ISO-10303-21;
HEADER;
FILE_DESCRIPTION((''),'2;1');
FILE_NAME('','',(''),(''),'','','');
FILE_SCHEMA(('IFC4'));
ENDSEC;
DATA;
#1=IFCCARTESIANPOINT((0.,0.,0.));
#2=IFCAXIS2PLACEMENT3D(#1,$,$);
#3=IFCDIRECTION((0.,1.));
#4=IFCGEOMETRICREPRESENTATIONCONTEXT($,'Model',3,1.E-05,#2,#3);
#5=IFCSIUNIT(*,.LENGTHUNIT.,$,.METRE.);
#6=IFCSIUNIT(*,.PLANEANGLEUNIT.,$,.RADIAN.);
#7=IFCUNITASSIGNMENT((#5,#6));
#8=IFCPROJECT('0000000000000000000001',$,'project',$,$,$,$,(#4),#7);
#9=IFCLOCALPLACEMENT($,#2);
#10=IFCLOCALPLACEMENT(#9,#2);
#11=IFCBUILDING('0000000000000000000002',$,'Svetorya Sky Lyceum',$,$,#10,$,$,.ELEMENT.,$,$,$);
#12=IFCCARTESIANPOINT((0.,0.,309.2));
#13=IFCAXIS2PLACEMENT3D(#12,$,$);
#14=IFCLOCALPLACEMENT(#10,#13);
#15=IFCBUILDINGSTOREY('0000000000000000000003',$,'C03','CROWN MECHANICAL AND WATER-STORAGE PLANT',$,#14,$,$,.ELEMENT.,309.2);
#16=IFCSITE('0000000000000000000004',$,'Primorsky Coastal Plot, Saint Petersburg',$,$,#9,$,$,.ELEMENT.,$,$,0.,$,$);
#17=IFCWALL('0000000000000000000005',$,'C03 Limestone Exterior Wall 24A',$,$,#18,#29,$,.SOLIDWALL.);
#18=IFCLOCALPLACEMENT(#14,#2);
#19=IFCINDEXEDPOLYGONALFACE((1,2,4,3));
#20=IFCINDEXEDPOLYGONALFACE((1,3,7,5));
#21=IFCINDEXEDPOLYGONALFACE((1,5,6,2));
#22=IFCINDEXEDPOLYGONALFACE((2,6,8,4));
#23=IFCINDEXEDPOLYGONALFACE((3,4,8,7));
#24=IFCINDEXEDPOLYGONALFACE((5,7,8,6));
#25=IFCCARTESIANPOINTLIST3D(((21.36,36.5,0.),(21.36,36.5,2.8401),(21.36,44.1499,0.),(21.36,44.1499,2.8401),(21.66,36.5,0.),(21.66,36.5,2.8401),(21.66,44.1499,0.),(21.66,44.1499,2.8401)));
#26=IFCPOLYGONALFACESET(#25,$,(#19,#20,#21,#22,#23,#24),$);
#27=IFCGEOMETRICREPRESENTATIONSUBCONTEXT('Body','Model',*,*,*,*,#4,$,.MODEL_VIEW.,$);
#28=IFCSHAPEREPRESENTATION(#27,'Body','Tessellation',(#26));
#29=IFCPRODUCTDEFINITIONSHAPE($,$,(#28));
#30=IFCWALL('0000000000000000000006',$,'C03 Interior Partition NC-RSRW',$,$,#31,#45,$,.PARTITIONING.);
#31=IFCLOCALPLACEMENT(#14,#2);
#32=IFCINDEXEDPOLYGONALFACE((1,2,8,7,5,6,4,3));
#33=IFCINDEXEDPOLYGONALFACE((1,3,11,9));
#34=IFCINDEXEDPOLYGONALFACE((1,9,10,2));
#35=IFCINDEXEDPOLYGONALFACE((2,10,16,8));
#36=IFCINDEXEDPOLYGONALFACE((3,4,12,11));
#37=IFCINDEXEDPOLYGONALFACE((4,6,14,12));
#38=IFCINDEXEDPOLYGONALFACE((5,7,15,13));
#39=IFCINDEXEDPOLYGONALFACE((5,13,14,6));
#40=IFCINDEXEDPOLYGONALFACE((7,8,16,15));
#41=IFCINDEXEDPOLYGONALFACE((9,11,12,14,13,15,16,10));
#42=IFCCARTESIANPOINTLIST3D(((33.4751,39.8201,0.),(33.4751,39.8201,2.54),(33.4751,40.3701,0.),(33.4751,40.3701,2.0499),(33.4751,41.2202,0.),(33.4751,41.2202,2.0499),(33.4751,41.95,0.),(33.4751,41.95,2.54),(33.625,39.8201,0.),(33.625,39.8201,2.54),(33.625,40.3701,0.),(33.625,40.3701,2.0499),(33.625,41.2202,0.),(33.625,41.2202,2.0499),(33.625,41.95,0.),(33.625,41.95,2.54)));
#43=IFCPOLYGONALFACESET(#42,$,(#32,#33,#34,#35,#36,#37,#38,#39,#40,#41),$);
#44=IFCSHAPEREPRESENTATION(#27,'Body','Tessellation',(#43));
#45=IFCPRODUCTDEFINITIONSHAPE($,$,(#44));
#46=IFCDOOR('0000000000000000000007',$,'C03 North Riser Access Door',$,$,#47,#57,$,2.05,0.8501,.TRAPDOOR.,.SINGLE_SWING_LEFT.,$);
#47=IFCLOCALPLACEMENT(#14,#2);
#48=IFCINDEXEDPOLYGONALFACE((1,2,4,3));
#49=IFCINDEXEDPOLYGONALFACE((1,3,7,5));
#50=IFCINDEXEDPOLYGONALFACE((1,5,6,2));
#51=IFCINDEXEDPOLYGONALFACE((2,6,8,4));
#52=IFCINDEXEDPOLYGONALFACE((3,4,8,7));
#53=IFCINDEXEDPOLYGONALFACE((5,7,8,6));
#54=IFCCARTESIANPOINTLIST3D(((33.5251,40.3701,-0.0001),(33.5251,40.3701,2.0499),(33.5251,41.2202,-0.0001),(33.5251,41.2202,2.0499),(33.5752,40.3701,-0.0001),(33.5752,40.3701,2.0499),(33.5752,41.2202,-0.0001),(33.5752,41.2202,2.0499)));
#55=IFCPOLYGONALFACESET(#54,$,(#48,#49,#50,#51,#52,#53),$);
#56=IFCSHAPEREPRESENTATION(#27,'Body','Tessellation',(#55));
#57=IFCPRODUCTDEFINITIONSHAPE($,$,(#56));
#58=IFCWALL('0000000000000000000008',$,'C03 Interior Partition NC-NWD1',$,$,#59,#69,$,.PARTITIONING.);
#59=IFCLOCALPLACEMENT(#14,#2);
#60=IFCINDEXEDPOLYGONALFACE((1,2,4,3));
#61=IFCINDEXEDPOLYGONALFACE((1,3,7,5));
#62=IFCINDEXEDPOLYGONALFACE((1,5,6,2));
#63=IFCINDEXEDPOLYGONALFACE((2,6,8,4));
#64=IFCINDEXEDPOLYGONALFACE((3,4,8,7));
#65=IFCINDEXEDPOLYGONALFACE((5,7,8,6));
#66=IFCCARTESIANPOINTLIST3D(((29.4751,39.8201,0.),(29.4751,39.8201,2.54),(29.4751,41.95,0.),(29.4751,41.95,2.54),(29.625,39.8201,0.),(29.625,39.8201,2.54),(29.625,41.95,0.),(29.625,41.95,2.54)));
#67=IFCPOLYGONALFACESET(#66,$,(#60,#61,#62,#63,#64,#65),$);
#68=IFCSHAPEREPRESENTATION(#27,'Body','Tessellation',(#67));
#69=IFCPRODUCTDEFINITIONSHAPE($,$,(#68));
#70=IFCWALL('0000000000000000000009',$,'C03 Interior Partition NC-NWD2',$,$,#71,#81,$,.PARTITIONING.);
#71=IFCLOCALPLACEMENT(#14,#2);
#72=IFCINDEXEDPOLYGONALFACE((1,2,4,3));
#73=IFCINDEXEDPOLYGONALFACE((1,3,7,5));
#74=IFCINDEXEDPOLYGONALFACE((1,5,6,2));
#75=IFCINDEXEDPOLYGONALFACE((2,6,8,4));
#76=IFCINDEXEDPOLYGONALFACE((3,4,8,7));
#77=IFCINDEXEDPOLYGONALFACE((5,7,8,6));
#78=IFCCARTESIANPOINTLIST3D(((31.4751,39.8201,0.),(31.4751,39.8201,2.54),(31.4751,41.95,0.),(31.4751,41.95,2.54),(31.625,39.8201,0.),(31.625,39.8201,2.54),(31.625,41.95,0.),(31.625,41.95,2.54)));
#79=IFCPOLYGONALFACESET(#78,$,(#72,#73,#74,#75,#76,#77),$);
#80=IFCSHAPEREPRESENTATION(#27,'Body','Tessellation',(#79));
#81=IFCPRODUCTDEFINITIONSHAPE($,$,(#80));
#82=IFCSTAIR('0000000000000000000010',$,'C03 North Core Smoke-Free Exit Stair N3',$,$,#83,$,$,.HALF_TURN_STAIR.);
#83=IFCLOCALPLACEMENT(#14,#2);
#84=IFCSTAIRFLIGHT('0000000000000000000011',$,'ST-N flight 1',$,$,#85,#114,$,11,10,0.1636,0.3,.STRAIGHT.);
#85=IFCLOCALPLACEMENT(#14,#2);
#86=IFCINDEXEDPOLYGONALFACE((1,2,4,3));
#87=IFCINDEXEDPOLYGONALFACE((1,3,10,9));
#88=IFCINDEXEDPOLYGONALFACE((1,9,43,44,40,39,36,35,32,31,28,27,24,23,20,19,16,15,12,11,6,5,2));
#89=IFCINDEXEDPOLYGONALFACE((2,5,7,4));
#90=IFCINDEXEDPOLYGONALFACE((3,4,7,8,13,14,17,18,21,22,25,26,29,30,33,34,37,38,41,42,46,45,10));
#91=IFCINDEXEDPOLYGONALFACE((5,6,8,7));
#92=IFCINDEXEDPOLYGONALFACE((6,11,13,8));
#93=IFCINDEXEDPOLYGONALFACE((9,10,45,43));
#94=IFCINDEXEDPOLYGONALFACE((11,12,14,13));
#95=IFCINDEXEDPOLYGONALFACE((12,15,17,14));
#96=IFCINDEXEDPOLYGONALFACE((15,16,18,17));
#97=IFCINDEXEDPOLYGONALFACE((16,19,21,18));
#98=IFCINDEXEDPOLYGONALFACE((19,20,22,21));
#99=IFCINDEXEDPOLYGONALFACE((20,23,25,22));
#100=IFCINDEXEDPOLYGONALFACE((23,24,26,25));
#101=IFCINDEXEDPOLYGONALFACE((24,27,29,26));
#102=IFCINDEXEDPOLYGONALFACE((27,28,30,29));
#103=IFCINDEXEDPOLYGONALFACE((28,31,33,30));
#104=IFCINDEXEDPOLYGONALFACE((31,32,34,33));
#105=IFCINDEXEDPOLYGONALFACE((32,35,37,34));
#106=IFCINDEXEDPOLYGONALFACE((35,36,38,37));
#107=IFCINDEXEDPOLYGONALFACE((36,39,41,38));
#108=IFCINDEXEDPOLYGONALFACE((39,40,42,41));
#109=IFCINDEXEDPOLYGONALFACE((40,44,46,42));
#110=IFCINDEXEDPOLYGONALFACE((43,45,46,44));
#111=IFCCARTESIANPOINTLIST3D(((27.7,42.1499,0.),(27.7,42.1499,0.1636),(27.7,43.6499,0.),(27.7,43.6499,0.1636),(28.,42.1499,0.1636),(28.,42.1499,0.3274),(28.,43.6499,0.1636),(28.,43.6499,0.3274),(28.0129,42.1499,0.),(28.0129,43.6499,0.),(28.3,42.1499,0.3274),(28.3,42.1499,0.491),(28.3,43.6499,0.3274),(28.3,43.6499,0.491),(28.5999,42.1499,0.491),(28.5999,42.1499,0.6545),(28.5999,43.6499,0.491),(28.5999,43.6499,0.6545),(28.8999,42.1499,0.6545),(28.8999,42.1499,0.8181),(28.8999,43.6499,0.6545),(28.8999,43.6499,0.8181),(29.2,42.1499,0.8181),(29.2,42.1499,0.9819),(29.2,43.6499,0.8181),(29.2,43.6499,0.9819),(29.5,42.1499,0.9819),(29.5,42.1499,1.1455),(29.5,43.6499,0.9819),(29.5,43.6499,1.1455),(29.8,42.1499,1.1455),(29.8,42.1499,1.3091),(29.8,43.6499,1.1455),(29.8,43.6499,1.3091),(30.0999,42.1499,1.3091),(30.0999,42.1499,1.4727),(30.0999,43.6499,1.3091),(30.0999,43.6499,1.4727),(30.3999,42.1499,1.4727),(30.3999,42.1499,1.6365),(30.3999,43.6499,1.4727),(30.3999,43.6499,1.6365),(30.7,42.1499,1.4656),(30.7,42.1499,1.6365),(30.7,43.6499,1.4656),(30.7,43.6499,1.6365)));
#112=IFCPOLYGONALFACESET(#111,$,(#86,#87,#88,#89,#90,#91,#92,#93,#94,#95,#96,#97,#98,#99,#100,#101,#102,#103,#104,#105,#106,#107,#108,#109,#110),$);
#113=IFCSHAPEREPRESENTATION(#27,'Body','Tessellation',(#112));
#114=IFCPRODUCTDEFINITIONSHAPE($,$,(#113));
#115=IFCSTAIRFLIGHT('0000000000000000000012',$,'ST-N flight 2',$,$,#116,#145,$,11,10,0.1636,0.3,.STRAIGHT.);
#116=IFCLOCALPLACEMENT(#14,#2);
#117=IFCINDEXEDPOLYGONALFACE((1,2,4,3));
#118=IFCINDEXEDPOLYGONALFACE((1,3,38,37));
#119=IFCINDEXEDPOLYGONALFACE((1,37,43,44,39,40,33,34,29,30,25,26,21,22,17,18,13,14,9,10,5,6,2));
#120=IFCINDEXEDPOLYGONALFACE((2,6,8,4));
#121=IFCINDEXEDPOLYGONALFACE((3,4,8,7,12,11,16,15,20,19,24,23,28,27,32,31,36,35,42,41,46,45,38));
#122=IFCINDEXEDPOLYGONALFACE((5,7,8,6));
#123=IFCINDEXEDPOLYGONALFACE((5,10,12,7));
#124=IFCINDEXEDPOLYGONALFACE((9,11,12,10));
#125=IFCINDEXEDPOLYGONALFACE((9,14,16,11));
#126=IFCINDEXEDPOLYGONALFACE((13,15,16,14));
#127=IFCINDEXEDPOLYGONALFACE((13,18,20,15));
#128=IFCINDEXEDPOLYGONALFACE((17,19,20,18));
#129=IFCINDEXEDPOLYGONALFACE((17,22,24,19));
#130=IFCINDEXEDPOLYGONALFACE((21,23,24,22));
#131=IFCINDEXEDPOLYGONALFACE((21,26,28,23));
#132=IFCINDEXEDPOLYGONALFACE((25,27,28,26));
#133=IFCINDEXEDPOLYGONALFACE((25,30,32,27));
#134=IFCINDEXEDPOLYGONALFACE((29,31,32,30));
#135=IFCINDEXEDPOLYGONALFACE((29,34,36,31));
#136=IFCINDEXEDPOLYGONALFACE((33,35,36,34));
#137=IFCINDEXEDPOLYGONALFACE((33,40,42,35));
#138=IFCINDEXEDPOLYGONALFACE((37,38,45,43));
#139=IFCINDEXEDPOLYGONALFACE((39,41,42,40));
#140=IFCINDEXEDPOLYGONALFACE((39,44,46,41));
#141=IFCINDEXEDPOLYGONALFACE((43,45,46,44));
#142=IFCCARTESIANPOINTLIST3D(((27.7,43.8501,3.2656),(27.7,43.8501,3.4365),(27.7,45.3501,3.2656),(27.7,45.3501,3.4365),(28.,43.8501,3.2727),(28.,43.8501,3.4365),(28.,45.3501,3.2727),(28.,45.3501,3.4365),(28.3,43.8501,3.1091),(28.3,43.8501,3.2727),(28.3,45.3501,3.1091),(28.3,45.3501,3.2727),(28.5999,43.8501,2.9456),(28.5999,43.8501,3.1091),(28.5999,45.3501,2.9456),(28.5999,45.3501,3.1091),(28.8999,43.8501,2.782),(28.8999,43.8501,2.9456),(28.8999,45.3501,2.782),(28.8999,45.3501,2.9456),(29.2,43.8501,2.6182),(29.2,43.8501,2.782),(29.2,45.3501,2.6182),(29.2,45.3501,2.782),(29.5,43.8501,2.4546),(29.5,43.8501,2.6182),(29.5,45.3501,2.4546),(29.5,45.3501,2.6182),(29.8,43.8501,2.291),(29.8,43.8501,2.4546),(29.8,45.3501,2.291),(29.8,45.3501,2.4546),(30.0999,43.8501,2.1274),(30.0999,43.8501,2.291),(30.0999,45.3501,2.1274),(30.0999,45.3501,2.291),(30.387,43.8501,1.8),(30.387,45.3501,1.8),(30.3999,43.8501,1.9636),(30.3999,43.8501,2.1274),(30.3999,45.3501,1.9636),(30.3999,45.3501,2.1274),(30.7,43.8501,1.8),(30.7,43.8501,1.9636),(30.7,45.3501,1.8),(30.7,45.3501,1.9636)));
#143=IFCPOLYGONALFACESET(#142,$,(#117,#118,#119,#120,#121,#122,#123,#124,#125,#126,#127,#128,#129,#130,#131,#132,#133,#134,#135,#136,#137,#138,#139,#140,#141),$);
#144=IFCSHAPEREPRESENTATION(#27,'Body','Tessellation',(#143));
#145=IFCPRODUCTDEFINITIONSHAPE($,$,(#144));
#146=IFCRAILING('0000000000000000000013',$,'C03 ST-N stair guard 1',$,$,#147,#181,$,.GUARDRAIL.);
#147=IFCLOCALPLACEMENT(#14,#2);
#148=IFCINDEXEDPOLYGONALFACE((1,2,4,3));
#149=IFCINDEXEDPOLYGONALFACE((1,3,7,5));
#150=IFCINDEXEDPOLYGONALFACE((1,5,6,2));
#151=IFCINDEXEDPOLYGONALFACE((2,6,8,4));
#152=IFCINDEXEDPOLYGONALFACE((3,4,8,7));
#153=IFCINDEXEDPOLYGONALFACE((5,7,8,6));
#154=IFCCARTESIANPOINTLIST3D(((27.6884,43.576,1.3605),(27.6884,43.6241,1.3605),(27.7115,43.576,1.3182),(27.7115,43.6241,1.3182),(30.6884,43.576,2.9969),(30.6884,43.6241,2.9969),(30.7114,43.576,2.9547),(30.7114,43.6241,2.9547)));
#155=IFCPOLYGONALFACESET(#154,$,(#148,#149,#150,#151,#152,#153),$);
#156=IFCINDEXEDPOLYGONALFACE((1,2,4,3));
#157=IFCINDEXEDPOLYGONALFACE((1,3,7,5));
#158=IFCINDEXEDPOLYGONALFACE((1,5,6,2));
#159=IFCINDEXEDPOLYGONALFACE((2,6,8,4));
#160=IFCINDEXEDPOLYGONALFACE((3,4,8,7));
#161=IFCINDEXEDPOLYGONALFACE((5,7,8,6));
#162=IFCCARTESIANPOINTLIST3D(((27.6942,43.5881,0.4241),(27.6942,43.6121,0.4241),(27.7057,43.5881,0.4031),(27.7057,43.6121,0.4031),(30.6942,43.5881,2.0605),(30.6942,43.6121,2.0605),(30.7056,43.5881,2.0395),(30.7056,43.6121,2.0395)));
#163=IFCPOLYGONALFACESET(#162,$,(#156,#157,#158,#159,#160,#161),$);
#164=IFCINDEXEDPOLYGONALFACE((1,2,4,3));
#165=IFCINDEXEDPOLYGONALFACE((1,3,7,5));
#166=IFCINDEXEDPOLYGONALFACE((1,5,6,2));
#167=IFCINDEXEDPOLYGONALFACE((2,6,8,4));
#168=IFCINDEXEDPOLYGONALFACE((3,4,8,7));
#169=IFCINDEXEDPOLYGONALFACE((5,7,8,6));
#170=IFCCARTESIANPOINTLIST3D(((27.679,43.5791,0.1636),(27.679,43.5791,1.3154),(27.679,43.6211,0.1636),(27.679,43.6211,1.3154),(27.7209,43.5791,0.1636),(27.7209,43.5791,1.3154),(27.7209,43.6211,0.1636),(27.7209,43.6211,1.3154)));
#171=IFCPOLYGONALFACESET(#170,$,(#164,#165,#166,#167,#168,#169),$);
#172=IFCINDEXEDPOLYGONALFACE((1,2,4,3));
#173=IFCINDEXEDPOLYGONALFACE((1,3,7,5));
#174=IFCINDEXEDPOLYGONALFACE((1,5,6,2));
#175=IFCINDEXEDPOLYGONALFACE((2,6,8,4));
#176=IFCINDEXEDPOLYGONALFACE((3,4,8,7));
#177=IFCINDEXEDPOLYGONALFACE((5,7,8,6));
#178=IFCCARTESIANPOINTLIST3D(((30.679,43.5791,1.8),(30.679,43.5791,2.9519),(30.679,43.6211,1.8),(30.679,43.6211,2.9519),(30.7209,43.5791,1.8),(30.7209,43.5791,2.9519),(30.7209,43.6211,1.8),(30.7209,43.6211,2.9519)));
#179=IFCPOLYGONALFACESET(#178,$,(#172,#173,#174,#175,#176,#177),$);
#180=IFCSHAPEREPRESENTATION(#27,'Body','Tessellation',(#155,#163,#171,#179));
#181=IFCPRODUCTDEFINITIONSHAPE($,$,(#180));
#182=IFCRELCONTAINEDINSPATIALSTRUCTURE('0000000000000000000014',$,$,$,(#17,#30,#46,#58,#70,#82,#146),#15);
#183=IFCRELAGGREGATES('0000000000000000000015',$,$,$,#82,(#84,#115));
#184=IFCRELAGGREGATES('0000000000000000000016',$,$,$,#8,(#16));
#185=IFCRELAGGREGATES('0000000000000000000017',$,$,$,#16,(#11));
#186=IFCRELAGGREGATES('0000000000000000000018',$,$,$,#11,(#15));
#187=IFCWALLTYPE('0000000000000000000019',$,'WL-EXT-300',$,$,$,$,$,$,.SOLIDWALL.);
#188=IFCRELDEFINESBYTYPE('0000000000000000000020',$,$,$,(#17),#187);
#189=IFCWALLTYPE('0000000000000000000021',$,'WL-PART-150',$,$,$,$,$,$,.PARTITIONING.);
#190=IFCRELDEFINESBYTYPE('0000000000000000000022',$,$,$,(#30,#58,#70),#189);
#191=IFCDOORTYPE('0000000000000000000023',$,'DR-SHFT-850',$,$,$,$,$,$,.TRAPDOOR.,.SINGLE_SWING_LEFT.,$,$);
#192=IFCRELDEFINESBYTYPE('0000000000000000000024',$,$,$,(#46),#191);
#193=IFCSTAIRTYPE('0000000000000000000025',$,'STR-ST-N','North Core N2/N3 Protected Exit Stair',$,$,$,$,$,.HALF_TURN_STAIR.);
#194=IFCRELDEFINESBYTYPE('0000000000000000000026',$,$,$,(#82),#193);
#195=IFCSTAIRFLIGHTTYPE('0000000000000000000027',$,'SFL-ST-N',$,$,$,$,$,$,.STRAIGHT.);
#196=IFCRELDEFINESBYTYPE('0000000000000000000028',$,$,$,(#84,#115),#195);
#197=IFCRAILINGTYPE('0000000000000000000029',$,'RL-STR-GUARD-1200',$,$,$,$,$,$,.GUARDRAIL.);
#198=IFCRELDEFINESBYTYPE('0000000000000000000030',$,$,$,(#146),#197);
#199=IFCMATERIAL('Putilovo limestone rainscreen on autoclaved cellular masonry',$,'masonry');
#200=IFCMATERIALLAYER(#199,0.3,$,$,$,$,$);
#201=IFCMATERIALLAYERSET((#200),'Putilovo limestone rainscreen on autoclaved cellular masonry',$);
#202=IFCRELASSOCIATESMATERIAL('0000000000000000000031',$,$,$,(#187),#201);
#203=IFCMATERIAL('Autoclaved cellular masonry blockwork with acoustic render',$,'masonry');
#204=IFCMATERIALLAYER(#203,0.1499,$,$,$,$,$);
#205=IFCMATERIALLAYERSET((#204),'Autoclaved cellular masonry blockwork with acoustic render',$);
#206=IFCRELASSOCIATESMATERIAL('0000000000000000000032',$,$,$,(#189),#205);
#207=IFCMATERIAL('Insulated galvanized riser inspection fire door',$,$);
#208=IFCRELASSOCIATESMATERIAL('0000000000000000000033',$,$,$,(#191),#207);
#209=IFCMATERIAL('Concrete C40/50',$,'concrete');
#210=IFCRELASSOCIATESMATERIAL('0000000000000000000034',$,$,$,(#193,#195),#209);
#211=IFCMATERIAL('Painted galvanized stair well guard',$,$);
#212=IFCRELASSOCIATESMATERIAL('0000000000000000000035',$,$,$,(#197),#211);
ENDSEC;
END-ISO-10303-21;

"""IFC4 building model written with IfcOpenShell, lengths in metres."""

from ifc_helpers import new_model, si_unit, direction, frame, frame_2d, origin, origin_2d, place, context, subcontext, project, spatial, polyline, rectangle, outline, extrude, material, layer, layer_set, type_object, element, fill, aggregate, save


model = new_model("IFC4")

# Units and contexts
model_context = context("Model", 3, precision=1e-05, world=origin(), true_north=direction((0.0, 1.0)))
body_context = subcontext(model_context, "Body", "Model", "MODEL_VIEW")
ifc_project = project(units=[si_unit("LENGTHUNIT", "METRE"), si_unit("PLANEANGLEUNIT", "RADIAN")], contexts=[model_context])

# Site, building, storey
site_placement = place(None, origin())
site = spatial("IfcSite", under=ifc_project, at=site_placement, Name="Primorsky Coastal Plot, Saint Petersburg", CompositionType="ELEMENT", RefElevation=0.0)
building_placement = place(site_placement, origin())
building = spatial("IfcBuilding", under=site, at=building_placement, Name="Svetorya Sky Lyceum", CompositionType="ELEMENT")
storey_placement = place(building_placement, frame((0.0, 0.0, 309.2)))
storey = spatial("IfcBuildingStorey", under=building, at=storey_placement, Name="C03", Description="CROWN MECHANICAL AND WATER-STORAGE PLANT", CompositionType="ELEMENT", Elevation=309.2)

# Shared definitions
ifc_material_1 = material(Name="Concrete C40/50", Category="concrete")

# Wall
ifc_material_2 = material(Name="Putilovo limestone rainscreen on autoclaved cellular masonry", Category="masonry")
ifc_layer_1 = layer(ifc_material_2, 0.3)
ifc_layer_set_1 = layer_set([ifc_layer_1], Name="Putilovo limestone rainscreen on autoclaved cellular masonry")
wall_type_1 = type_object("IfcWallType", Name="WL-EXT-300", PredefinedType="SOLIDWALL", material=ifc_layer_set_1)
wall_1_placement = place(storey_placement, frame((21.51, 44.1499, 0.0), z_axis=(0.0, 0.0, 1.0), x_axis=(0.0, -1.0, 0.0)))
element("IfcWall", 1, at=wall_1_placement, inside=storey, type_object=wall_type_1, Name="C03 Limestone Exterior Wall 24A", PredefinedType="SOLIDWALL", context=body_context, shape_type="SweptSolid", body=[
    extrude(rectangle(XDim=7.6499, YDim=0.3, at=frame_2d((3.825, 0.0))), origin(), (0.0, 0.0, 1.0), 2.8401),
])

# Wall, opening, door
ifc_material_3 = material(Name="Autoclaved cellular masonry blockwork with acoustic render", Category="masonry")
ifc_layer_2 = layer(ifc_material_3, 0.1499)
ifc_layer_set_2 = layer_set([ifc_layer_2], Name="Autoclaved cellular masonry blockwork with acoustic render")
wall_type_2 = type_object("IfcWallType", Name="WL-PART-150", PredefinedType="PARTITIONING", material=ifc_layer_set_2)
wall_2_placement = place(storey_placement, frame((33.55, 39.8201, 0.0), z_axis=(0.0, 0.0, 1.0), x_axis=(0.0, 1.0, 0.0)))
wall_2 = element("IfcWall", 2, at=wall_2_placement, inside=storey, type_object=wall_type_2, Name="C03 Interior Partition NC-RSRW", PredefinedType="PARTITIONING", context=body_context, shape_type="SweptSolid", body=[
    extrude(rectangle(XDim=2.1299, YDim=0.1499, at=frame_2d((1.0649, 0.0))), origin(), (0.0, 0.0, 1.0), 2.54),
])
opening_placement = place(wall_2_placement, frame((0.55, 0.0, 0.0)))
opening = element("IfcOpeningElement", 3, at=opening_placement, cuts=wall_2, PredefinedType="OPENING", context=body_context, shape_type="SweptSolid", body=[
    extrude(rectangle(XDim=0.8501, YDim=2.05, at=frame_2d((0.425, 1.0249))), frame((0.0, 0.085, 0.0), z_axis=(0.0, -1.0, 0.0), x_axis=(1.0, 0.0, 0.0)), (0.0, 0.0, 1.0), 0.1699),
])
ifc_material_4 = material(Name="Insulated galvanized riser inspection fire door")
door_type = type_object("IfcDoorType", Name="DR-SHFT-850", OperationType="SINGLE_SWING_LEFT", PredefinedType="TRAPDOOR", material=ifc_material_4)
door_placement = place(opening_placement, origin())
door = element("IfcDoor", 4, at=door_placement, inside=storey, type_object=door_type, Name="C03 North Riser Access Door", OperationType="SINGLE_SWING_LEFT", OverallHeight=2.05, OverallWidth=0.8501, PredefinedType="TRAPDOOR", context=body_context, shape_type="SweptSolid", body=[
    extrude(rectangle(XDim=0.8501, YDim=2.05, at=frame_2d((0.425, 1.0249))), frame((0.0, 0.0249, 0.0), z_axis=(0.0, -1.0, 0.0), x_axis=(1.0, 0.0, 0.0)), (0.0, 0.0, 1.0), 0.05),
])
fill(opening, door)

# Walls
for number, where, z_axis, x_axis, name in (
    (5, (29.55, 39.8201, 0.0), (0.0, 0.0, 1.0), (0.0, 1.0, 0.0), "C03 Interior Partition NC-NWD1"),
    (6, (31.55, 39.8201, 0.0), (0.0, 0.0, 1.0), (0.0, 1.0, 0.0), "C03 Interior Partition NC-NWD2"),
):
    element("IfcWall", number, at=place(storey_placement, frame(where, z_axis=z_axis, x_axis=x_axis)), inside=storey, type_object=wall_type_2, Name=name, PredefinedType="PARTITIONING", context=body_context, shape_type="SweptSolid", body=[
        extrude(rectangle(XDim=2.1299, YDim=0.1499, at=frame_2d((1.0649, 0.0))), origin(), (0.0, 0.0, 1.0), 2.54),
    ])

# Stair, stair flights
stair_type = type_object("IfcStairType", Name="STR-ST-N", Description="North Core N2/N3 Protected Exit Stair", PredefinedType="HALF_TURN_STAIR", material=ifc_material_1)
stair_placement = place(storey_placement, origin())
stair = element("IfcStair", 7, at=stair_placement, inside=storey, type_object=stair_type, Name="C03 North Core Smoke-Free Exit Stair N3", PredefinedType="HALF_TURN_STAIR")
stair_flight_type = type_object("IfcStairFlightType", Name="SFL-ST-N", PredefinedType="STRAIGHT", material=ifc_material_1)
stair_flight_1_placement = place(storey_placement, frame((27.7, 42.8999, 0.0), z_axis=(0.0, 0.0, 1.0), x_axis=(1.0, 0.0, 0.0)))
stair_flight_1 = element("IfcStairFlight", 8, at=stair_flight_1_placement, type_object=stair_flight_type, Name="ST-N flight 1", NumberOfRisers=11, NumberOfTreads=10, PredefinedType="STRAIGHT", RiserHeight=0.1636, TreadLength=0.3, context=body_context, shape_type="SweptSolid", body=[
    extrude(outline(polyline([(0.0, 0.0), (0.0, 0.1636), (0.3, 0.1636), (0.3, 0.3274), (0.6001, 0.3274), (0.6001, 0.491), (0.8999, 0.491), (0.8999, 0.6545), (1.2, 0.6545), (1.2, 0.8181), (1.5, 0.8181), (1.5, 0.9819), (1.8, 0.9819), (1.8, 1.1455), (2.1001, 1.1455), (2.1001, 1.3091), (2.3999, 1.3091), (2.3999, 1.4727), (2.7, 1.4727), (2.7, 1.6365), (3.0, 1.6365), (3.0, 1.8), (3.0, 1.4656), (0.313, 0.0), (0.0, 0.0)])), frame((0.0, 0.75, 0.0), z_axis=(0.0, -1.0, 0.0), x_axis=(1.0, 0.0, 0.0)), (0.0, 0.0, 1.0), 1.5),
])
stair_flight_2_placement = place(storey_placement, frame((30.7, 44.6001, 1.8), z_axis=(0.0, 0.0, 1.0), x_axis=(-1.0, 0.0, 0.0)))
stair_flight_2 = element("IfcStairFlight", 9, at=stair_flight_2_placement, type_object=stair_flight_type, Name="ST-N flight 2", NumberOfRisers=11, NumberOfTreads=10, PredefinedType="STRAIGHT", RiserHeight=0.1636, TreadLength=0.3, context=body_context, shape_type="SweptSolid", body=[
    extrude(outline(polyline([(0.0, 0.0), (0.0, 0.1636), (0.3, 0.1636), (0.3, 0.3274), (0.6001, 0.3274), (0.6001, 0.491), (0.8999, 0.491), (0.8999, 0.6545), (1.2, 0.6545), (1.2, 0.8181), (1.5, 0.8181), (1.5, 0.9819), (1.8, 0.9819), (1.8, 1.1455), (2.1001, 1.1455), (2.1001, 1.3091), (2.3999, 1.3091), (2.3999, 1.4727), (2.7, 1.4727), (2.7, 1.6365), (3.0, 1.6365), (3.0, 1.8), (3.0, 1.4656), (0.313, 0.0), (0.0, 0.0)])), frame((0.0, 0.75, 0.0), z_axis=(0.0, -1.0, 0.0), x_axis=(1.0, 0.0, 0.0)), (0.0, 0.0, 1.0), 1.5),
])
aggregate(stair, [stair_flight_1, stair_flight_2])

# Railing
ifc_material_5 = material(Name="Painted galvanized stair well guard")
railing_type_1 = type_object("IfcRailingType", Name="RL-STR-GUARD-1200", PredefinedType="GUARDRAIL", material=ifc_material_5)
railing_1_placement = place(storey_placement, frame((27.7, 43.6001, 0.1636)))
element("IfcRailing", 10, at=railing_1_placement, inside=storey, type_object=railing_type_1, Name="C03 ST-N stair guard 1", PredefinedType="GUARDRAIL", context=body_context, shape_type="SweptSolid", body=[
    extrude(rectangle(XDim=0.0481, YDim=0.0481, at=origin_2d()), frame((0.0, 0.0, 1.1758), z_axis=(0.877882, 0.0, 0.478877), x_axis=(0.0, 1.0, 0.0)), (0.0, 0.0, 1.0), 3.4172),
    extrude(rectangle(XDim=0.0239, YDim=0.0239, at=origin_2d()), frame((0.0, 0.0, 0.25), z_axis=(0.877882, 0.0, 0.478877), x_axis=(0.0, 1.0, 0.0)), (0.0, 0.0, 1.0), 3.4172),
    extrude(rectangle(XDim=0.042, YDim=0.042, at=origin_2d()), origin(), (0.0, 0.0, 1.0), 1.1519),
    extrude(rectangle(XDim=0.042, YDim=0.042, at=origin_2d()), frame((3.0, 0.0, 1.6365)), (0.0, 0.0, 1.0), 1.1519),
])

save(model, "model.ifc")
